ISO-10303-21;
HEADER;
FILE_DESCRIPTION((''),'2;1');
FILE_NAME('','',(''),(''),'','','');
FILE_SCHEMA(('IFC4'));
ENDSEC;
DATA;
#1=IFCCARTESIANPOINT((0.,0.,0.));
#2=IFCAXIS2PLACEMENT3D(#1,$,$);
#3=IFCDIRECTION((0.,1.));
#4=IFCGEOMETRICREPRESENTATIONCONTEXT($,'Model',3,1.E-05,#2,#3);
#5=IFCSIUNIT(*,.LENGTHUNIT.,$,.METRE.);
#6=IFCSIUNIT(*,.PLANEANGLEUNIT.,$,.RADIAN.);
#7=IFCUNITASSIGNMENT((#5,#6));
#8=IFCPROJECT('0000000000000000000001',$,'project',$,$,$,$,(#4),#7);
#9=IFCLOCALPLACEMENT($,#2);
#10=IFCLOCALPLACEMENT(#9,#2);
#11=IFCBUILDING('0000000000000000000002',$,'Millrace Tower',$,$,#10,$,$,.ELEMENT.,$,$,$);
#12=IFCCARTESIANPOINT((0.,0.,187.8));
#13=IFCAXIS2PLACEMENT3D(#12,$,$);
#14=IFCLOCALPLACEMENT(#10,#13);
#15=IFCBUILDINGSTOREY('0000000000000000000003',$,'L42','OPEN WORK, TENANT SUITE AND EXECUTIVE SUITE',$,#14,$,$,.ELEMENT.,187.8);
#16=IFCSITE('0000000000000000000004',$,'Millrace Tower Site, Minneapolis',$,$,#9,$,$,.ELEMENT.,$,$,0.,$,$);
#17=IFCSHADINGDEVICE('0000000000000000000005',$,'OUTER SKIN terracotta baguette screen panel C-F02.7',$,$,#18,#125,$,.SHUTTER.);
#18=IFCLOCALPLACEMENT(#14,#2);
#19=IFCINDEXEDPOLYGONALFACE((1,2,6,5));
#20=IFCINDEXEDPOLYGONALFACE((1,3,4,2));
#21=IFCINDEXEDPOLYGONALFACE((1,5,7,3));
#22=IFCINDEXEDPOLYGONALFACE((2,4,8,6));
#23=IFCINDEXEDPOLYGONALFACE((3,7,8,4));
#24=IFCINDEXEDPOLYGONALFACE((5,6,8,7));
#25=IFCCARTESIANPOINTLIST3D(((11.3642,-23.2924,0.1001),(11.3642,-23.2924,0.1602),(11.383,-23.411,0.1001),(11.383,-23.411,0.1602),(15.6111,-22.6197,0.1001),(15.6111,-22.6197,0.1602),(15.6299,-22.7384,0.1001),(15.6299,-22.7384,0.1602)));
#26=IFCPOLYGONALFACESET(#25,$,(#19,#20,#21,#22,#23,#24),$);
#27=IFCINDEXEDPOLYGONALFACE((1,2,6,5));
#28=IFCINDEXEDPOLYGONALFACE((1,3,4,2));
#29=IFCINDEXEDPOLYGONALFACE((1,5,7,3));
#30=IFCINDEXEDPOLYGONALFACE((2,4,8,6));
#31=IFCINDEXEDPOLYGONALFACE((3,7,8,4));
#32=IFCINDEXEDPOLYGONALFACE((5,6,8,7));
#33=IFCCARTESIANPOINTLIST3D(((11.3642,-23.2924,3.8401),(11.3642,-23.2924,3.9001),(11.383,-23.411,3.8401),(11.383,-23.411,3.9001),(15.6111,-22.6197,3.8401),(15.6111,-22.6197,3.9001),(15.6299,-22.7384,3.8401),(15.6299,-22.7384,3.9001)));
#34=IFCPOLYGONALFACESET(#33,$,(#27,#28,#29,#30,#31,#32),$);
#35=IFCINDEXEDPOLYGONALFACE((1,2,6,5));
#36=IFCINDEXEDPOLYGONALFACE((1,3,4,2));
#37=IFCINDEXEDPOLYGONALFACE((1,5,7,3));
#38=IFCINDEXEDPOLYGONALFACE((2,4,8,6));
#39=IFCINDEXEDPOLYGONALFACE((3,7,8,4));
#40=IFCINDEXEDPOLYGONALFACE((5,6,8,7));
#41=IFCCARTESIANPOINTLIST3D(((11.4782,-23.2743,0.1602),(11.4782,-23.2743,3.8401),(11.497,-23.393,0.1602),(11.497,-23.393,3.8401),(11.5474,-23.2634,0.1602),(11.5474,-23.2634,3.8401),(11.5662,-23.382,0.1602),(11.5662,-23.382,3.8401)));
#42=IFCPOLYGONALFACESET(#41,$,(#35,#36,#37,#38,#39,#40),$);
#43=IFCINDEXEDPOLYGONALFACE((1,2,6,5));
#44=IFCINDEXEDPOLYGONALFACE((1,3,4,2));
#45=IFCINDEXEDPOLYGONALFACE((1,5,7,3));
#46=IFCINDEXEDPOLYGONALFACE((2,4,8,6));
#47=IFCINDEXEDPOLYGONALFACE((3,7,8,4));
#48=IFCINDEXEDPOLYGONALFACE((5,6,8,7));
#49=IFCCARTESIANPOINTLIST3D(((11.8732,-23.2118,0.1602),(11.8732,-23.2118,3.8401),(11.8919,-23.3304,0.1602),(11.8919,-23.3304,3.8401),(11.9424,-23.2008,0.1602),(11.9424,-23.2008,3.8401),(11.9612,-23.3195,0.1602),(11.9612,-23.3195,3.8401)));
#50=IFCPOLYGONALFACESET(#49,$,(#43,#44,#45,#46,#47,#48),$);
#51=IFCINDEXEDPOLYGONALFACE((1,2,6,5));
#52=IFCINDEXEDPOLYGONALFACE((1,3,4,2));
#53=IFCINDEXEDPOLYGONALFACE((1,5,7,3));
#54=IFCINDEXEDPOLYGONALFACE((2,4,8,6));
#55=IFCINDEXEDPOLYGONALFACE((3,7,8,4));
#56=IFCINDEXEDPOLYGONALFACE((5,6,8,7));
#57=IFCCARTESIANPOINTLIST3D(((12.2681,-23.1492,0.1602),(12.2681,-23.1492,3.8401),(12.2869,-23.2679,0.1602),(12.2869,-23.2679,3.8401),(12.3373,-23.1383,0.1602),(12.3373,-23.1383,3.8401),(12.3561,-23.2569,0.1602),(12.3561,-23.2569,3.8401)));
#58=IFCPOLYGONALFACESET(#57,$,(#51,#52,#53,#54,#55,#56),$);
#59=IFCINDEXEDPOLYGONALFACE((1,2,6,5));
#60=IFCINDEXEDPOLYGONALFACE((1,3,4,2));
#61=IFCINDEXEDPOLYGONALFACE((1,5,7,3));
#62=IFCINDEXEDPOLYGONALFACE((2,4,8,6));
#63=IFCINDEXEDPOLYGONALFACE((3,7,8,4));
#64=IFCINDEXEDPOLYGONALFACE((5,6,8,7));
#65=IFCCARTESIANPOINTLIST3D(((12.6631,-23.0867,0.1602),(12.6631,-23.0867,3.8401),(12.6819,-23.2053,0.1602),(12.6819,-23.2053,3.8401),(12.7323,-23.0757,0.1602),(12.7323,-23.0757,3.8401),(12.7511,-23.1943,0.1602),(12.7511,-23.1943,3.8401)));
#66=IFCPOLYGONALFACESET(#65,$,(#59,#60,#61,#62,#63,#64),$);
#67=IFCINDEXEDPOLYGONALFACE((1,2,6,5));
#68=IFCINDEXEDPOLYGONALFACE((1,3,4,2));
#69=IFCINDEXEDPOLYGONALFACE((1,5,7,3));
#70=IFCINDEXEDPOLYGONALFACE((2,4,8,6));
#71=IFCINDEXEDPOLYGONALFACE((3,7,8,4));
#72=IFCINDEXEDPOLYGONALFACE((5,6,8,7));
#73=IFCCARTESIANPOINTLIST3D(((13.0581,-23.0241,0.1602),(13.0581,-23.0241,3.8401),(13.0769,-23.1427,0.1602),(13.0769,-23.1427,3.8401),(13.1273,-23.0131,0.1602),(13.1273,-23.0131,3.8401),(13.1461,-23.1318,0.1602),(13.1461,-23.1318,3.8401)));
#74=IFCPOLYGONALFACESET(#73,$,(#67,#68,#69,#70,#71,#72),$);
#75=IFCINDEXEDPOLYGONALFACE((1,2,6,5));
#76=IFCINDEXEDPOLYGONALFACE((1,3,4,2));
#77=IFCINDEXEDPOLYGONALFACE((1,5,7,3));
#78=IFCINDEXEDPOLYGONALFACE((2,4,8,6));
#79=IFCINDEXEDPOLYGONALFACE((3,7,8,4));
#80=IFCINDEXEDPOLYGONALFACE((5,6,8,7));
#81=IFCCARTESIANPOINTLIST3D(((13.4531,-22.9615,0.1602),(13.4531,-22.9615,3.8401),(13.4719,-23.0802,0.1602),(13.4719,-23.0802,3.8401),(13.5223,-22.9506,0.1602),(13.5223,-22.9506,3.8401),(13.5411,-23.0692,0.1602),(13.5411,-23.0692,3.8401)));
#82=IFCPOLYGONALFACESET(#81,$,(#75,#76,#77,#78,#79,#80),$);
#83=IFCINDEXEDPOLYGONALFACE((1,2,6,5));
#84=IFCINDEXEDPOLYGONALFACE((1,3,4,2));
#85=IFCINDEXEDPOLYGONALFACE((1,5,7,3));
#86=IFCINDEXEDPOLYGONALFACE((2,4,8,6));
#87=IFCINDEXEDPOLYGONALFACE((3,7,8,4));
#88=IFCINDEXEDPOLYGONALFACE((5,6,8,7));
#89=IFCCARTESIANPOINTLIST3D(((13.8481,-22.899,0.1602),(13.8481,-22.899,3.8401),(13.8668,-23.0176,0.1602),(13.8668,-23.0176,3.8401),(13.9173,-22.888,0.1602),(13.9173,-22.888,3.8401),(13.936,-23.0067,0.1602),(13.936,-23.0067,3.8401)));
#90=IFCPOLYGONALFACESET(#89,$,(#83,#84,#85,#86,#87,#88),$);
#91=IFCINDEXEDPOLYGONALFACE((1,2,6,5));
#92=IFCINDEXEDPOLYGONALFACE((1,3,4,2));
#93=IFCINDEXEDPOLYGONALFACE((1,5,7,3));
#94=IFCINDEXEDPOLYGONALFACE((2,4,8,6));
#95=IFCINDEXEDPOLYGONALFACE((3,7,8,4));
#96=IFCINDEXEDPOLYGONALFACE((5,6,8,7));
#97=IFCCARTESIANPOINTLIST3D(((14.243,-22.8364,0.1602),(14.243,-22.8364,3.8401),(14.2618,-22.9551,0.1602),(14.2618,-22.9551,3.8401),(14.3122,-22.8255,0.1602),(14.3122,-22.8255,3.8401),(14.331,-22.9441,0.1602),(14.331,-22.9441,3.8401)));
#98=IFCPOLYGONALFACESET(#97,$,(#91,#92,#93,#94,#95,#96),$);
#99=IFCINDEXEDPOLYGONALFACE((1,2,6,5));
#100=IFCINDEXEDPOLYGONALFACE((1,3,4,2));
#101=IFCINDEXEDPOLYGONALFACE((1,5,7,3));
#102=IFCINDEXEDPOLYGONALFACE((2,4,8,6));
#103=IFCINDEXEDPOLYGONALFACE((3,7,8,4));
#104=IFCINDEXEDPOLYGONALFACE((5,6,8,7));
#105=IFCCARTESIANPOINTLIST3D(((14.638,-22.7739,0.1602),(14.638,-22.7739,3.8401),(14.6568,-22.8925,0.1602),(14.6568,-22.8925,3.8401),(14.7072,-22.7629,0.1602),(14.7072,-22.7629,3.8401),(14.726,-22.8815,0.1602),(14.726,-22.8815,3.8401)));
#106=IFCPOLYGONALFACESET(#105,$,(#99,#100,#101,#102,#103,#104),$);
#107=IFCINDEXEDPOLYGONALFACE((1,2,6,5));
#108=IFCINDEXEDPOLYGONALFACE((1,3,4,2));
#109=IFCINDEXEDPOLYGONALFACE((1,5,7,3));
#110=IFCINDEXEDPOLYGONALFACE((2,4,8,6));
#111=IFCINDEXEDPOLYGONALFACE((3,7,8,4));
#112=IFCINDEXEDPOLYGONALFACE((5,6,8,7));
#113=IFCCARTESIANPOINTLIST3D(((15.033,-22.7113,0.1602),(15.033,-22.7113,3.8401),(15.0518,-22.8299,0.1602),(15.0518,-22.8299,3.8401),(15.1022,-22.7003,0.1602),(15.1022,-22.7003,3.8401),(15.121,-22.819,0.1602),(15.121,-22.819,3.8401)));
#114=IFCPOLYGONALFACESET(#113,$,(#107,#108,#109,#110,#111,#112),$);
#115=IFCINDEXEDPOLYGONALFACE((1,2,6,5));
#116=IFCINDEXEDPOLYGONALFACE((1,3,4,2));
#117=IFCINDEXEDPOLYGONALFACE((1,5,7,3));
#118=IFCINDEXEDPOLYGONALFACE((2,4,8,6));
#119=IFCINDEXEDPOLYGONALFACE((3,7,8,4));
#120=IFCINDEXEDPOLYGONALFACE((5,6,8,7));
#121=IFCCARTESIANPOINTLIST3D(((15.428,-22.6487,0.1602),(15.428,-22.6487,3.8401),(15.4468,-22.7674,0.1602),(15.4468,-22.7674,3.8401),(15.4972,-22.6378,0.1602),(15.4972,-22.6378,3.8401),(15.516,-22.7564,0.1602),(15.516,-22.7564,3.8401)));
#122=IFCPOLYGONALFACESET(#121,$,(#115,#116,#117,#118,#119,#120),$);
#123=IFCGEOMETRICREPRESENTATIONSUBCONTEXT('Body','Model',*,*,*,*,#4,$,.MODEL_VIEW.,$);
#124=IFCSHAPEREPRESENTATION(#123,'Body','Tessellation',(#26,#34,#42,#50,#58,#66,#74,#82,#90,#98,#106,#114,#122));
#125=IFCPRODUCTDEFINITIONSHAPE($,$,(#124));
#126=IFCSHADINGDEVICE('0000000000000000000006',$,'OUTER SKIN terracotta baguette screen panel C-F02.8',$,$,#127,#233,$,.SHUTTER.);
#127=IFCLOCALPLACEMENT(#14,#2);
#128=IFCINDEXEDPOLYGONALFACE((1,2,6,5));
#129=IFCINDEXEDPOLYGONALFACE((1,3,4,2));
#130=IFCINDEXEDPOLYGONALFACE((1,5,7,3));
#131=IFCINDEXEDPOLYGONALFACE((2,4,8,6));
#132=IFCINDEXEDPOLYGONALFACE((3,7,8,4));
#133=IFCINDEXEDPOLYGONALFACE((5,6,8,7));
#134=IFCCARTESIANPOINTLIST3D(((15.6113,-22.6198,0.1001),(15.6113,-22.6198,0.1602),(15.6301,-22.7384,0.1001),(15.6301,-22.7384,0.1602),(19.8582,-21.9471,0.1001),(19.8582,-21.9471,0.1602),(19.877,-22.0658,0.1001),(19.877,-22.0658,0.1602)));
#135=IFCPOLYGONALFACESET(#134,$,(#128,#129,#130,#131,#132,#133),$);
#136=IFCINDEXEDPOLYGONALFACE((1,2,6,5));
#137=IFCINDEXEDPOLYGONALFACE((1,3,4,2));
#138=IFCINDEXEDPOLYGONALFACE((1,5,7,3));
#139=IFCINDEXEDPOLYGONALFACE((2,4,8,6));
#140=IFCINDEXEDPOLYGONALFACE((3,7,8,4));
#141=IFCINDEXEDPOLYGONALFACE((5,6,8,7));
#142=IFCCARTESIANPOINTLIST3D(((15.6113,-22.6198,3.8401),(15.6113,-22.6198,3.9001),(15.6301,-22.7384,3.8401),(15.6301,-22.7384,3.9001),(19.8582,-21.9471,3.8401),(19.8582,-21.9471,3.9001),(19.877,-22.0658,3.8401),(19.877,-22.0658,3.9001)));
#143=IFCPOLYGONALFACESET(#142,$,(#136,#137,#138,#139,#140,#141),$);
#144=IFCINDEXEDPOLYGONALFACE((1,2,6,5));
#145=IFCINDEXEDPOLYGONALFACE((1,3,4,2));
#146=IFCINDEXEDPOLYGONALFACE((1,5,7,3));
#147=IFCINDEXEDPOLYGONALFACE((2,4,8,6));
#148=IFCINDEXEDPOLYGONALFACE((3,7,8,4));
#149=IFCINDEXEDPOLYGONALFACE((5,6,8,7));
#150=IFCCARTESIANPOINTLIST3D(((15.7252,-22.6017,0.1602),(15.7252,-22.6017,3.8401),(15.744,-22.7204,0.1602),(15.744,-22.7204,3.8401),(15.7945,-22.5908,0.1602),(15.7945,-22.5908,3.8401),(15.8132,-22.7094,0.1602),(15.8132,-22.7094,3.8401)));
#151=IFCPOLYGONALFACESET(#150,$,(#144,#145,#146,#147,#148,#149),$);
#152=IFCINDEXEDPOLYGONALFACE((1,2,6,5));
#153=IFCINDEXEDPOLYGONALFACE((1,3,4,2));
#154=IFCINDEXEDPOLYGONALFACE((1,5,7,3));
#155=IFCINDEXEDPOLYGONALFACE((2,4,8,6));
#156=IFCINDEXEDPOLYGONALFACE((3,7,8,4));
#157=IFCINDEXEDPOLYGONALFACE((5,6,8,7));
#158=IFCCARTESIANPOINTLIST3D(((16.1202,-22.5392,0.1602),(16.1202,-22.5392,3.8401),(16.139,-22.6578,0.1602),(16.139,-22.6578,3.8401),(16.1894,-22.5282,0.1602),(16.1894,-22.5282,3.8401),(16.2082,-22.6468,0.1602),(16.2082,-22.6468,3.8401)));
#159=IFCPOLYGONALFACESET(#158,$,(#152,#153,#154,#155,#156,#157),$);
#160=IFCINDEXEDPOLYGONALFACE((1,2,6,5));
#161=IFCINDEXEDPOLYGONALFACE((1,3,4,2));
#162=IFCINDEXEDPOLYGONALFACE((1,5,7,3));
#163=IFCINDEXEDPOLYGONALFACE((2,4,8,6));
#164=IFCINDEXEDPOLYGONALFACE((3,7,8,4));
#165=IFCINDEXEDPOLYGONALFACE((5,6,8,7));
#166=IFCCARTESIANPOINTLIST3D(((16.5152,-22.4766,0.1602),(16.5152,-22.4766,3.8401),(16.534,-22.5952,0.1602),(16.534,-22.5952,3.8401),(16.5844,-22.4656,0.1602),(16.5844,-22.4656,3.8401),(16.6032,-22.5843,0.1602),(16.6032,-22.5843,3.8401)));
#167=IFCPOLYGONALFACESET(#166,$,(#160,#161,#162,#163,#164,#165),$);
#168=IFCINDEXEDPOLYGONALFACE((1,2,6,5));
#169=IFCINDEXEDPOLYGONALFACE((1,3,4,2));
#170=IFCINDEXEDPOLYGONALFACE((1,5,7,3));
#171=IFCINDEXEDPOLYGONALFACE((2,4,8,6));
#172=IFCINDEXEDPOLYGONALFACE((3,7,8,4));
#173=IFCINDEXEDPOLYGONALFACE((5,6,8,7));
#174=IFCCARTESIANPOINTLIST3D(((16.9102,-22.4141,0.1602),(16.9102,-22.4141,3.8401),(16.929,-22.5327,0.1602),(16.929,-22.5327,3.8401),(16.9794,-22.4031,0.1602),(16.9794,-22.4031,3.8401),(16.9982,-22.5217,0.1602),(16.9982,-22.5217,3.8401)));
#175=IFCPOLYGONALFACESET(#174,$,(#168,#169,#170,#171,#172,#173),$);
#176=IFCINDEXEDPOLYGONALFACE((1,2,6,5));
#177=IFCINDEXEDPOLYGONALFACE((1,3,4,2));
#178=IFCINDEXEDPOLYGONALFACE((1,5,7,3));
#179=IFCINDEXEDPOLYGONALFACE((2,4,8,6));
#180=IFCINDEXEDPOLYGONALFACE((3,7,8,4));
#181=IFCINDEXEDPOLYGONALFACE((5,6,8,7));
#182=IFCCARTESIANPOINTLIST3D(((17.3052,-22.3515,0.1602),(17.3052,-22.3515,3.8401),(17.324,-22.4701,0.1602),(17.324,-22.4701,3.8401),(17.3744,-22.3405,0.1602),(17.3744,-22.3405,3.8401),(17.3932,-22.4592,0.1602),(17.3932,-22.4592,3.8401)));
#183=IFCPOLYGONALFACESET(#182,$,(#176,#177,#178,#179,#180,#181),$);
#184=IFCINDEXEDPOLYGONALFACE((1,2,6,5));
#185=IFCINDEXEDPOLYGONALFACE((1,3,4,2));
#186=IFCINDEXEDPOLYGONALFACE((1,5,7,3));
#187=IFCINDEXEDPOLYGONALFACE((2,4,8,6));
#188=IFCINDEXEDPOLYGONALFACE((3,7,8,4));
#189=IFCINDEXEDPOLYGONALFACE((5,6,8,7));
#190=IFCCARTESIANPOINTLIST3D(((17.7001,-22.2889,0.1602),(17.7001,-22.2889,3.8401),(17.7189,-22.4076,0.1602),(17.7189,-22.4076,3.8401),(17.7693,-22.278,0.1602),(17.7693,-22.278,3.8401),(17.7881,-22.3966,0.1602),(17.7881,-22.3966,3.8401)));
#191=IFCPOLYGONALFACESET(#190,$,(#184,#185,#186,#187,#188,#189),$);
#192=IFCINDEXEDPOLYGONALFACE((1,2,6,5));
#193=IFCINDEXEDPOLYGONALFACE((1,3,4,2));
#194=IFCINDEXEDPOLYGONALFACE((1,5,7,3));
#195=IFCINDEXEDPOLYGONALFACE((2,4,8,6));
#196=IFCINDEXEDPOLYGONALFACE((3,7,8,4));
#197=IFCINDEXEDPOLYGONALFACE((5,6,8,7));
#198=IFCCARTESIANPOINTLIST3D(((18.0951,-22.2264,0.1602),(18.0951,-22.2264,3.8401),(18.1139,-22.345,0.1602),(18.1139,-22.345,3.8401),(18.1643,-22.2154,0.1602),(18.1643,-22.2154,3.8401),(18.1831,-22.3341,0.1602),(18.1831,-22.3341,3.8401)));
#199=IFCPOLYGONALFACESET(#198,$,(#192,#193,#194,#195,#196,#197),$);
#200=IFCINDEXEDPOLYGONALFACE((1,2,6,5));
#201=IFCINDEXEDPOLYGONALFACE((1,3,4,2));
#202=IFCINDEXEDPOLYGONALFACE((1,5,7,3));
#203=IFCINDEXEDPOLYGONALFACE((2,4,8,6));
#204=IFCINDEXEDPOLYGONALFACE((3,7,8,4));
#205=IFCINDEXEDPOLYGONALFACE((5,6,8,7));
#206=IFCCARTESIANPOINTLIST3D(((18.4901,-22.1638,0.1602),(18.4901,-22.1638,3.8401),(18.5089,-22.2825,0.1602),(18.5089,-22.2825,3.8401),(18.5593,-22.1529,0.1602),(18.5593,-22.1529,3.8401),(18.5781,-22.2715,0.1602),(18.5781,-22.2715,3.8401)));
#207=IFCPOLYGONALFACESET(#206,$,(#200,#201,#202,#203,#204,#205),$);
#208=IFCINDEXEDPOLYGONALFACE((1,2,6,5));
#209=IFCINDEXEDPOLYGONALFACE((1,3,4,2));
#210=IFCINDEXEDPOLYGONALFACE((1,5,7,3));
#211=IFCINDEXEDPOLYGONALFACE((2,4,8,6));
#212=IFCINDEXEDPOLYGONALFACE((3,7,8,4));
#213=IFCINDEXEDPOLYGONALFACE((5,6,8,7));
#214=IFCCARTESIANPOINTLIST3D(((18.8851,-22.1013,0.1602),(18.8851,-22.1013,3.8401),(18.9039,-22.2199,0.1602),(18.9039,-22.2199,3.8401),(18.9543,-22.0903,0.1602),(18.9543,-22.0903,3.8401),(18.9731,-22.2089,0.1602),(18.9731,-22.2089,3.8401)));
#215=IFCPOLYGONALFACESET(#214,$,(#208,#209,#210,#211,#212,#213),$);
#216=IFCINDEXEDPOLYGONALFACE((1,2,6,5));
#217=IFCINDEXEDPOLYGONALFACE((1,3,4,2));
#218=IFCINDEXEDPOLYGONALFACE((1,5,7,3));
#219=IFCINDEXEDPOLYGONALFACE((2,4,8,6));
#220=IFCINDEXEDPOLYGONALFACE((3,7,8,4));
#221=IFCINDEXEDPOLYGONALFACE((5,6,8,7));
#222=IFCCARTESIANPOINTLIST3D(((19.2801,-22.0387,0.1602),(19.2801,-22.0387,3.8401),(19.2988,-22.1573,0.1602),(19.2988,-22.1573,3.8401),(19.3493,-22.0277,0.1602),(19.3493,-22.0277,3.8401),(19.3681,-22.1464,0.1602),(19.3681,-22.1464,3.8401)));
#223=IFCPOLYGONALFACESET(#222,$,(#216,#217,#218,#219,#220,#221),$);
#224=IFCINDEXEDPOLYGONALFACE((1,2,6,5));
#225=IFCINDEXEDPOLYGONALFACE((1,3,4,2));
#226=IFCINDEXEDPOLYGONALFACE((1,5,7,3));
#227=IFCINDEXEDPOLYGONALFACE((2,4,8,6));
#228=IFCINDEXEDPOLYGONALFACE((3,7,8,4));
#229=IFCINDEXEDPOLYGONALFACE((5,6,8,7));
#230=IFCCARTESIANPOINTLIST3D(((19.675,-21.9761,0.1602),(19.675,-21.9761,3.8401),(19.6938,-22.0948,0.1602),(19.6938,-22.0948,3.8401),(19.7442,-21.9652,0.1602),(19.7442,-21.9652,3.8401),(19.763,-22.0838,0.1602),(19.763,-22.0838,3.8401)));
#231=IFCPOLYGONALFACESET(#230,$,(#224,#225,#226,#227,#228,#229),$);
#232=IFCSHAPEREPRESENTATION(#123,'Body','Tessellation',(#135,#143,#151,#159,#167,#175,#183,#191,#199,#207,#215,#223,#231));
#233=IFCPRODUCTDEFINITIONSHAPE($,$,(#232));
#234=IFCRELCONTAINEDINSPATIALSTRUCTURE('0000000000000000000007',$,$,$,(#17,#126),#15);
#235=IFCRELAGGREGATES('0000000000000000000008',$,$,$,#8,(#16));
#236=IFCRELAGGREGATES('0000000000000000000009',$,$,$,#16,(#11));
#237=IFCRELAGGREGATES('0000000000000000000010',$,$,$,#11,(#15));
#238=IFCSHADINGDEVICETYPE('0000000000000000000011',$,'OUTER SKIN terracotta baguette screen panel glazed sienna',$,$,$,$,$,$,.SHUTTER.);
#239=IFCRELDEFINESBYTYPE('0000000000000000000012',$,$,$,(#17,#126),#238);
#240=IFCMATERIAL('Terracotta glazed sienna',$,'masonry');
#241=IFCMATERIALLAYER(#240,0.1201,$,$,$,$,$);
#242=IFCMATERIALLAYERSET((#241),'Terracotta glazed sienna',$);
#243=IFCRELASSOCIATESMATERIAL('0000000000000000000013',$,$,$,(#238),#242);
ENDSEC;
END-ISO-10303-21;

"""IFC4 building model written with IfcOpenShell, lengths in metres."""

from ifc_helpers import new_model, entity, si_unit, direction, frame, frame_2d, origin, origin_2d, place, context, subcontext, project, spatial, rectangle, extrude, source, transform, mapped, material, layer, layer_set, type_object, element, save


model = new_model("IFC4")

# Units and contexts
model_context = context("Model", 3, precision=1e-05, world=origin(), true_north=direction((0.0, 1.0)))
body_context = subcontext(model_context, "Body", "Model", "MODEL_VIEW")
ifc_project = project(units=[si_unit("LENGTHUNIT", "METRE"), si_unit("PLANEANGLEUNIT", "RADIAN")], contexts=[model_context])

# Site, building, storey
site_placement = place(None, origin())
site = spatial("IfcSite", under=ifc_project, at=site_placement, Name="Millrace Tower Site, Minneapolis", CompositionType="ELEMENT", RefElevation=0.0)
building_placement = place(site_placement, origin())
building = spatial("IfcBuilding", under=site, at=building_placement, Name="Millrace Tower", CompositionType="ELEMENT")
storey_placement = place(building_placement, frame((0.0, 0.0, 187.8)))
storey = spatial("IfcBuildingStorey", under=building, at=storey_placement, Name="L42", Description="OPEN WORK, TENANT SUITE AND EXECUTIVE SUITE", CompositionType="ELEMENT", Elevation=187.8)

# Shading devices
ifc_material_1 = material(Name="Terracotta glazed sienna", Category="masonry")
ifc_layer_1 = layer(ifc_material_1, 0.1201)
ifc_layer_set_1 = layer_set([ifc_layer_1], Name="Terracotta glazed sienna")
shading_device_type = type_object("IfcShadingDeviceType", Name="OUTER SKIN terracotta baguette screen panel glazed sienna", PredefinedType="SHUTTER", material=ifc_layer_set_1)
cartesian_point_1 = entity("IfcCartesianPoint", [-2.1499, 0.0601])
shared_polyline_1 = entity("IfcPolyline", [cartesian_point_1, entity("IfcCartesianPoint", [2.1499, 0.0601]), entity("IfcCartesianPoint", [2.1499, -0.0601]), entity("IfcCartesianPoint", [-2.1499, -0.0601]), cartesian_point_1])
shared_shape_1 = source(origin(), body_context, "Body", "SweptSolid", [
    entity("IfcExtrudedAreaSolid", entity("IfcArbitraryClosedProfileDef", "AREA", None, shared_polyline_1), entity("IfcAxis2Placement3D", entity("IfcCartesianPoint", [0.0, 0.0, 0.0])), entity("IfcDirection", [0.0, 0.0, 1.0]), 0.0601),
    entity("IfcExtrudedAreaSolid", entity("IfcArbitraryClosedProfileDef", "AREA", None, shared_polyline_1), entity("IfcAxis2Placement3D", entity("IfcCartesianPoint", [0.0, 0.0, 3.74])), entity("IfcDirection", [0.0, 0.0, 1.0]), 0.0601),
    extrude(rectangle(XDim=0.0701, YDim=0.1201, at=frame_2d((-1.9995, 0.0))), frame((0.0, 0.0, 0.0601)), (0.0, 0.0, 1.0), 3.6799),
    extrude(rectangle(XDim=0.0701, YDim=0.1201, at=frame_2d((-1.5996, 0.0))), frame((0.0, 0.0, 0.0601)), (0.0, 0.0, 1.0), 3.6799),
    extrude(rectangle(XDim=0.0701, YDim=0.1201, at=frame_2d((-1.1997, 0.0))), frame((0.0, 0.0, 0.0601)), (0.0, 0.0, 1.0), 3.6799),
    extrude(rectangle(XDim=0.0701, YDim=0.1201, at=frame_2d((-0.7998, 0.0))), frame((0.0, 0.0, 0.0601)), (0.0, 0.0, 1.0), 3.6799),
    extrude(rectangle(XDim=0.0701, YDim=0.1201, at=frame_2d((-0.3999, 0.0))), frame((0.0, 0.0, 0.0601)), (0.0, 0.0, 1.0), 3.6799),
    extrude(rectangle(XDim=0.0701, YDim=0.1201, at=origin_2d()), frame((0.0, 0.0, 0.0601)), (0.0, 0.0, 1.0), 3.6799),
    extrude(rectangle(XDim=0.0701, YDim=0.1201, at=frame_2d((0.3999, 0.0))), frame((0.0, 0.0, 0.0601)), (0.0, 0.0, 1.0), 3.6799),
    extrude(rectangle(XDim=0.0701, YDim=0.1201, at=frame_2d((0.7998, 0.0))), frame((0.0, 0.0, 0.0601)), (0.0, 0.0, 1.0), 3.6799),
    extrude(rectangle(XDim=0.0701, YDim=0.1201, at=frame_2d((1.1997, 0.0))), frame((0.0, 0.0, 0.0601)), (0.0, 0.0, 1.0), 3.6799),
    extrude(rectangle(XDim=0.0701, YDim=0.1201, at=frame_2d((1.5996, 0.0))), frame((0.0, 0.0, 0.0601)), (0.0, 0.0, 1.0), 3.6799),
    extrude(rectangle(XDim=0.0701, YDim=0.1201, at=frame_2d((1.9995, 0.0))), frame((0.0, 0.0, 0.0601)), (0.0, 0.0, 1.0), 3.6799),
])
for number, where, z_axis, x_axis, name in (
    (1, (13.4971, -23.0154, 0.1001), (0.0, 0.0, 1.0), (0.987688, 0.156434, 0.0), "OUTER SKIN terracotta baguette screen panel C-F02.7"),
    (2, (17.7441, -22.3428, 0.1001), (0.0, 0.0, 1.0), (0.987688, 0.156434, 0.0), "OUTER SKIN terracotta baguette screen panel C-F02.8"),
):
    element("IfcShadingDevice", number, at=place(storey_placement, frame(where, z_axis=z_axis, x_axis=x_axis)), inside=storey, type_object=shading_device_type, Name=name, PredefinedType="SHUTTER", context=body_context, shape_type="MappedRepresentation", body=[
        mapped(shared_shape_1, transform((0.0, 0.0, 0.0), scale=1.0)),
    ])

save(model, "model.ifc")
